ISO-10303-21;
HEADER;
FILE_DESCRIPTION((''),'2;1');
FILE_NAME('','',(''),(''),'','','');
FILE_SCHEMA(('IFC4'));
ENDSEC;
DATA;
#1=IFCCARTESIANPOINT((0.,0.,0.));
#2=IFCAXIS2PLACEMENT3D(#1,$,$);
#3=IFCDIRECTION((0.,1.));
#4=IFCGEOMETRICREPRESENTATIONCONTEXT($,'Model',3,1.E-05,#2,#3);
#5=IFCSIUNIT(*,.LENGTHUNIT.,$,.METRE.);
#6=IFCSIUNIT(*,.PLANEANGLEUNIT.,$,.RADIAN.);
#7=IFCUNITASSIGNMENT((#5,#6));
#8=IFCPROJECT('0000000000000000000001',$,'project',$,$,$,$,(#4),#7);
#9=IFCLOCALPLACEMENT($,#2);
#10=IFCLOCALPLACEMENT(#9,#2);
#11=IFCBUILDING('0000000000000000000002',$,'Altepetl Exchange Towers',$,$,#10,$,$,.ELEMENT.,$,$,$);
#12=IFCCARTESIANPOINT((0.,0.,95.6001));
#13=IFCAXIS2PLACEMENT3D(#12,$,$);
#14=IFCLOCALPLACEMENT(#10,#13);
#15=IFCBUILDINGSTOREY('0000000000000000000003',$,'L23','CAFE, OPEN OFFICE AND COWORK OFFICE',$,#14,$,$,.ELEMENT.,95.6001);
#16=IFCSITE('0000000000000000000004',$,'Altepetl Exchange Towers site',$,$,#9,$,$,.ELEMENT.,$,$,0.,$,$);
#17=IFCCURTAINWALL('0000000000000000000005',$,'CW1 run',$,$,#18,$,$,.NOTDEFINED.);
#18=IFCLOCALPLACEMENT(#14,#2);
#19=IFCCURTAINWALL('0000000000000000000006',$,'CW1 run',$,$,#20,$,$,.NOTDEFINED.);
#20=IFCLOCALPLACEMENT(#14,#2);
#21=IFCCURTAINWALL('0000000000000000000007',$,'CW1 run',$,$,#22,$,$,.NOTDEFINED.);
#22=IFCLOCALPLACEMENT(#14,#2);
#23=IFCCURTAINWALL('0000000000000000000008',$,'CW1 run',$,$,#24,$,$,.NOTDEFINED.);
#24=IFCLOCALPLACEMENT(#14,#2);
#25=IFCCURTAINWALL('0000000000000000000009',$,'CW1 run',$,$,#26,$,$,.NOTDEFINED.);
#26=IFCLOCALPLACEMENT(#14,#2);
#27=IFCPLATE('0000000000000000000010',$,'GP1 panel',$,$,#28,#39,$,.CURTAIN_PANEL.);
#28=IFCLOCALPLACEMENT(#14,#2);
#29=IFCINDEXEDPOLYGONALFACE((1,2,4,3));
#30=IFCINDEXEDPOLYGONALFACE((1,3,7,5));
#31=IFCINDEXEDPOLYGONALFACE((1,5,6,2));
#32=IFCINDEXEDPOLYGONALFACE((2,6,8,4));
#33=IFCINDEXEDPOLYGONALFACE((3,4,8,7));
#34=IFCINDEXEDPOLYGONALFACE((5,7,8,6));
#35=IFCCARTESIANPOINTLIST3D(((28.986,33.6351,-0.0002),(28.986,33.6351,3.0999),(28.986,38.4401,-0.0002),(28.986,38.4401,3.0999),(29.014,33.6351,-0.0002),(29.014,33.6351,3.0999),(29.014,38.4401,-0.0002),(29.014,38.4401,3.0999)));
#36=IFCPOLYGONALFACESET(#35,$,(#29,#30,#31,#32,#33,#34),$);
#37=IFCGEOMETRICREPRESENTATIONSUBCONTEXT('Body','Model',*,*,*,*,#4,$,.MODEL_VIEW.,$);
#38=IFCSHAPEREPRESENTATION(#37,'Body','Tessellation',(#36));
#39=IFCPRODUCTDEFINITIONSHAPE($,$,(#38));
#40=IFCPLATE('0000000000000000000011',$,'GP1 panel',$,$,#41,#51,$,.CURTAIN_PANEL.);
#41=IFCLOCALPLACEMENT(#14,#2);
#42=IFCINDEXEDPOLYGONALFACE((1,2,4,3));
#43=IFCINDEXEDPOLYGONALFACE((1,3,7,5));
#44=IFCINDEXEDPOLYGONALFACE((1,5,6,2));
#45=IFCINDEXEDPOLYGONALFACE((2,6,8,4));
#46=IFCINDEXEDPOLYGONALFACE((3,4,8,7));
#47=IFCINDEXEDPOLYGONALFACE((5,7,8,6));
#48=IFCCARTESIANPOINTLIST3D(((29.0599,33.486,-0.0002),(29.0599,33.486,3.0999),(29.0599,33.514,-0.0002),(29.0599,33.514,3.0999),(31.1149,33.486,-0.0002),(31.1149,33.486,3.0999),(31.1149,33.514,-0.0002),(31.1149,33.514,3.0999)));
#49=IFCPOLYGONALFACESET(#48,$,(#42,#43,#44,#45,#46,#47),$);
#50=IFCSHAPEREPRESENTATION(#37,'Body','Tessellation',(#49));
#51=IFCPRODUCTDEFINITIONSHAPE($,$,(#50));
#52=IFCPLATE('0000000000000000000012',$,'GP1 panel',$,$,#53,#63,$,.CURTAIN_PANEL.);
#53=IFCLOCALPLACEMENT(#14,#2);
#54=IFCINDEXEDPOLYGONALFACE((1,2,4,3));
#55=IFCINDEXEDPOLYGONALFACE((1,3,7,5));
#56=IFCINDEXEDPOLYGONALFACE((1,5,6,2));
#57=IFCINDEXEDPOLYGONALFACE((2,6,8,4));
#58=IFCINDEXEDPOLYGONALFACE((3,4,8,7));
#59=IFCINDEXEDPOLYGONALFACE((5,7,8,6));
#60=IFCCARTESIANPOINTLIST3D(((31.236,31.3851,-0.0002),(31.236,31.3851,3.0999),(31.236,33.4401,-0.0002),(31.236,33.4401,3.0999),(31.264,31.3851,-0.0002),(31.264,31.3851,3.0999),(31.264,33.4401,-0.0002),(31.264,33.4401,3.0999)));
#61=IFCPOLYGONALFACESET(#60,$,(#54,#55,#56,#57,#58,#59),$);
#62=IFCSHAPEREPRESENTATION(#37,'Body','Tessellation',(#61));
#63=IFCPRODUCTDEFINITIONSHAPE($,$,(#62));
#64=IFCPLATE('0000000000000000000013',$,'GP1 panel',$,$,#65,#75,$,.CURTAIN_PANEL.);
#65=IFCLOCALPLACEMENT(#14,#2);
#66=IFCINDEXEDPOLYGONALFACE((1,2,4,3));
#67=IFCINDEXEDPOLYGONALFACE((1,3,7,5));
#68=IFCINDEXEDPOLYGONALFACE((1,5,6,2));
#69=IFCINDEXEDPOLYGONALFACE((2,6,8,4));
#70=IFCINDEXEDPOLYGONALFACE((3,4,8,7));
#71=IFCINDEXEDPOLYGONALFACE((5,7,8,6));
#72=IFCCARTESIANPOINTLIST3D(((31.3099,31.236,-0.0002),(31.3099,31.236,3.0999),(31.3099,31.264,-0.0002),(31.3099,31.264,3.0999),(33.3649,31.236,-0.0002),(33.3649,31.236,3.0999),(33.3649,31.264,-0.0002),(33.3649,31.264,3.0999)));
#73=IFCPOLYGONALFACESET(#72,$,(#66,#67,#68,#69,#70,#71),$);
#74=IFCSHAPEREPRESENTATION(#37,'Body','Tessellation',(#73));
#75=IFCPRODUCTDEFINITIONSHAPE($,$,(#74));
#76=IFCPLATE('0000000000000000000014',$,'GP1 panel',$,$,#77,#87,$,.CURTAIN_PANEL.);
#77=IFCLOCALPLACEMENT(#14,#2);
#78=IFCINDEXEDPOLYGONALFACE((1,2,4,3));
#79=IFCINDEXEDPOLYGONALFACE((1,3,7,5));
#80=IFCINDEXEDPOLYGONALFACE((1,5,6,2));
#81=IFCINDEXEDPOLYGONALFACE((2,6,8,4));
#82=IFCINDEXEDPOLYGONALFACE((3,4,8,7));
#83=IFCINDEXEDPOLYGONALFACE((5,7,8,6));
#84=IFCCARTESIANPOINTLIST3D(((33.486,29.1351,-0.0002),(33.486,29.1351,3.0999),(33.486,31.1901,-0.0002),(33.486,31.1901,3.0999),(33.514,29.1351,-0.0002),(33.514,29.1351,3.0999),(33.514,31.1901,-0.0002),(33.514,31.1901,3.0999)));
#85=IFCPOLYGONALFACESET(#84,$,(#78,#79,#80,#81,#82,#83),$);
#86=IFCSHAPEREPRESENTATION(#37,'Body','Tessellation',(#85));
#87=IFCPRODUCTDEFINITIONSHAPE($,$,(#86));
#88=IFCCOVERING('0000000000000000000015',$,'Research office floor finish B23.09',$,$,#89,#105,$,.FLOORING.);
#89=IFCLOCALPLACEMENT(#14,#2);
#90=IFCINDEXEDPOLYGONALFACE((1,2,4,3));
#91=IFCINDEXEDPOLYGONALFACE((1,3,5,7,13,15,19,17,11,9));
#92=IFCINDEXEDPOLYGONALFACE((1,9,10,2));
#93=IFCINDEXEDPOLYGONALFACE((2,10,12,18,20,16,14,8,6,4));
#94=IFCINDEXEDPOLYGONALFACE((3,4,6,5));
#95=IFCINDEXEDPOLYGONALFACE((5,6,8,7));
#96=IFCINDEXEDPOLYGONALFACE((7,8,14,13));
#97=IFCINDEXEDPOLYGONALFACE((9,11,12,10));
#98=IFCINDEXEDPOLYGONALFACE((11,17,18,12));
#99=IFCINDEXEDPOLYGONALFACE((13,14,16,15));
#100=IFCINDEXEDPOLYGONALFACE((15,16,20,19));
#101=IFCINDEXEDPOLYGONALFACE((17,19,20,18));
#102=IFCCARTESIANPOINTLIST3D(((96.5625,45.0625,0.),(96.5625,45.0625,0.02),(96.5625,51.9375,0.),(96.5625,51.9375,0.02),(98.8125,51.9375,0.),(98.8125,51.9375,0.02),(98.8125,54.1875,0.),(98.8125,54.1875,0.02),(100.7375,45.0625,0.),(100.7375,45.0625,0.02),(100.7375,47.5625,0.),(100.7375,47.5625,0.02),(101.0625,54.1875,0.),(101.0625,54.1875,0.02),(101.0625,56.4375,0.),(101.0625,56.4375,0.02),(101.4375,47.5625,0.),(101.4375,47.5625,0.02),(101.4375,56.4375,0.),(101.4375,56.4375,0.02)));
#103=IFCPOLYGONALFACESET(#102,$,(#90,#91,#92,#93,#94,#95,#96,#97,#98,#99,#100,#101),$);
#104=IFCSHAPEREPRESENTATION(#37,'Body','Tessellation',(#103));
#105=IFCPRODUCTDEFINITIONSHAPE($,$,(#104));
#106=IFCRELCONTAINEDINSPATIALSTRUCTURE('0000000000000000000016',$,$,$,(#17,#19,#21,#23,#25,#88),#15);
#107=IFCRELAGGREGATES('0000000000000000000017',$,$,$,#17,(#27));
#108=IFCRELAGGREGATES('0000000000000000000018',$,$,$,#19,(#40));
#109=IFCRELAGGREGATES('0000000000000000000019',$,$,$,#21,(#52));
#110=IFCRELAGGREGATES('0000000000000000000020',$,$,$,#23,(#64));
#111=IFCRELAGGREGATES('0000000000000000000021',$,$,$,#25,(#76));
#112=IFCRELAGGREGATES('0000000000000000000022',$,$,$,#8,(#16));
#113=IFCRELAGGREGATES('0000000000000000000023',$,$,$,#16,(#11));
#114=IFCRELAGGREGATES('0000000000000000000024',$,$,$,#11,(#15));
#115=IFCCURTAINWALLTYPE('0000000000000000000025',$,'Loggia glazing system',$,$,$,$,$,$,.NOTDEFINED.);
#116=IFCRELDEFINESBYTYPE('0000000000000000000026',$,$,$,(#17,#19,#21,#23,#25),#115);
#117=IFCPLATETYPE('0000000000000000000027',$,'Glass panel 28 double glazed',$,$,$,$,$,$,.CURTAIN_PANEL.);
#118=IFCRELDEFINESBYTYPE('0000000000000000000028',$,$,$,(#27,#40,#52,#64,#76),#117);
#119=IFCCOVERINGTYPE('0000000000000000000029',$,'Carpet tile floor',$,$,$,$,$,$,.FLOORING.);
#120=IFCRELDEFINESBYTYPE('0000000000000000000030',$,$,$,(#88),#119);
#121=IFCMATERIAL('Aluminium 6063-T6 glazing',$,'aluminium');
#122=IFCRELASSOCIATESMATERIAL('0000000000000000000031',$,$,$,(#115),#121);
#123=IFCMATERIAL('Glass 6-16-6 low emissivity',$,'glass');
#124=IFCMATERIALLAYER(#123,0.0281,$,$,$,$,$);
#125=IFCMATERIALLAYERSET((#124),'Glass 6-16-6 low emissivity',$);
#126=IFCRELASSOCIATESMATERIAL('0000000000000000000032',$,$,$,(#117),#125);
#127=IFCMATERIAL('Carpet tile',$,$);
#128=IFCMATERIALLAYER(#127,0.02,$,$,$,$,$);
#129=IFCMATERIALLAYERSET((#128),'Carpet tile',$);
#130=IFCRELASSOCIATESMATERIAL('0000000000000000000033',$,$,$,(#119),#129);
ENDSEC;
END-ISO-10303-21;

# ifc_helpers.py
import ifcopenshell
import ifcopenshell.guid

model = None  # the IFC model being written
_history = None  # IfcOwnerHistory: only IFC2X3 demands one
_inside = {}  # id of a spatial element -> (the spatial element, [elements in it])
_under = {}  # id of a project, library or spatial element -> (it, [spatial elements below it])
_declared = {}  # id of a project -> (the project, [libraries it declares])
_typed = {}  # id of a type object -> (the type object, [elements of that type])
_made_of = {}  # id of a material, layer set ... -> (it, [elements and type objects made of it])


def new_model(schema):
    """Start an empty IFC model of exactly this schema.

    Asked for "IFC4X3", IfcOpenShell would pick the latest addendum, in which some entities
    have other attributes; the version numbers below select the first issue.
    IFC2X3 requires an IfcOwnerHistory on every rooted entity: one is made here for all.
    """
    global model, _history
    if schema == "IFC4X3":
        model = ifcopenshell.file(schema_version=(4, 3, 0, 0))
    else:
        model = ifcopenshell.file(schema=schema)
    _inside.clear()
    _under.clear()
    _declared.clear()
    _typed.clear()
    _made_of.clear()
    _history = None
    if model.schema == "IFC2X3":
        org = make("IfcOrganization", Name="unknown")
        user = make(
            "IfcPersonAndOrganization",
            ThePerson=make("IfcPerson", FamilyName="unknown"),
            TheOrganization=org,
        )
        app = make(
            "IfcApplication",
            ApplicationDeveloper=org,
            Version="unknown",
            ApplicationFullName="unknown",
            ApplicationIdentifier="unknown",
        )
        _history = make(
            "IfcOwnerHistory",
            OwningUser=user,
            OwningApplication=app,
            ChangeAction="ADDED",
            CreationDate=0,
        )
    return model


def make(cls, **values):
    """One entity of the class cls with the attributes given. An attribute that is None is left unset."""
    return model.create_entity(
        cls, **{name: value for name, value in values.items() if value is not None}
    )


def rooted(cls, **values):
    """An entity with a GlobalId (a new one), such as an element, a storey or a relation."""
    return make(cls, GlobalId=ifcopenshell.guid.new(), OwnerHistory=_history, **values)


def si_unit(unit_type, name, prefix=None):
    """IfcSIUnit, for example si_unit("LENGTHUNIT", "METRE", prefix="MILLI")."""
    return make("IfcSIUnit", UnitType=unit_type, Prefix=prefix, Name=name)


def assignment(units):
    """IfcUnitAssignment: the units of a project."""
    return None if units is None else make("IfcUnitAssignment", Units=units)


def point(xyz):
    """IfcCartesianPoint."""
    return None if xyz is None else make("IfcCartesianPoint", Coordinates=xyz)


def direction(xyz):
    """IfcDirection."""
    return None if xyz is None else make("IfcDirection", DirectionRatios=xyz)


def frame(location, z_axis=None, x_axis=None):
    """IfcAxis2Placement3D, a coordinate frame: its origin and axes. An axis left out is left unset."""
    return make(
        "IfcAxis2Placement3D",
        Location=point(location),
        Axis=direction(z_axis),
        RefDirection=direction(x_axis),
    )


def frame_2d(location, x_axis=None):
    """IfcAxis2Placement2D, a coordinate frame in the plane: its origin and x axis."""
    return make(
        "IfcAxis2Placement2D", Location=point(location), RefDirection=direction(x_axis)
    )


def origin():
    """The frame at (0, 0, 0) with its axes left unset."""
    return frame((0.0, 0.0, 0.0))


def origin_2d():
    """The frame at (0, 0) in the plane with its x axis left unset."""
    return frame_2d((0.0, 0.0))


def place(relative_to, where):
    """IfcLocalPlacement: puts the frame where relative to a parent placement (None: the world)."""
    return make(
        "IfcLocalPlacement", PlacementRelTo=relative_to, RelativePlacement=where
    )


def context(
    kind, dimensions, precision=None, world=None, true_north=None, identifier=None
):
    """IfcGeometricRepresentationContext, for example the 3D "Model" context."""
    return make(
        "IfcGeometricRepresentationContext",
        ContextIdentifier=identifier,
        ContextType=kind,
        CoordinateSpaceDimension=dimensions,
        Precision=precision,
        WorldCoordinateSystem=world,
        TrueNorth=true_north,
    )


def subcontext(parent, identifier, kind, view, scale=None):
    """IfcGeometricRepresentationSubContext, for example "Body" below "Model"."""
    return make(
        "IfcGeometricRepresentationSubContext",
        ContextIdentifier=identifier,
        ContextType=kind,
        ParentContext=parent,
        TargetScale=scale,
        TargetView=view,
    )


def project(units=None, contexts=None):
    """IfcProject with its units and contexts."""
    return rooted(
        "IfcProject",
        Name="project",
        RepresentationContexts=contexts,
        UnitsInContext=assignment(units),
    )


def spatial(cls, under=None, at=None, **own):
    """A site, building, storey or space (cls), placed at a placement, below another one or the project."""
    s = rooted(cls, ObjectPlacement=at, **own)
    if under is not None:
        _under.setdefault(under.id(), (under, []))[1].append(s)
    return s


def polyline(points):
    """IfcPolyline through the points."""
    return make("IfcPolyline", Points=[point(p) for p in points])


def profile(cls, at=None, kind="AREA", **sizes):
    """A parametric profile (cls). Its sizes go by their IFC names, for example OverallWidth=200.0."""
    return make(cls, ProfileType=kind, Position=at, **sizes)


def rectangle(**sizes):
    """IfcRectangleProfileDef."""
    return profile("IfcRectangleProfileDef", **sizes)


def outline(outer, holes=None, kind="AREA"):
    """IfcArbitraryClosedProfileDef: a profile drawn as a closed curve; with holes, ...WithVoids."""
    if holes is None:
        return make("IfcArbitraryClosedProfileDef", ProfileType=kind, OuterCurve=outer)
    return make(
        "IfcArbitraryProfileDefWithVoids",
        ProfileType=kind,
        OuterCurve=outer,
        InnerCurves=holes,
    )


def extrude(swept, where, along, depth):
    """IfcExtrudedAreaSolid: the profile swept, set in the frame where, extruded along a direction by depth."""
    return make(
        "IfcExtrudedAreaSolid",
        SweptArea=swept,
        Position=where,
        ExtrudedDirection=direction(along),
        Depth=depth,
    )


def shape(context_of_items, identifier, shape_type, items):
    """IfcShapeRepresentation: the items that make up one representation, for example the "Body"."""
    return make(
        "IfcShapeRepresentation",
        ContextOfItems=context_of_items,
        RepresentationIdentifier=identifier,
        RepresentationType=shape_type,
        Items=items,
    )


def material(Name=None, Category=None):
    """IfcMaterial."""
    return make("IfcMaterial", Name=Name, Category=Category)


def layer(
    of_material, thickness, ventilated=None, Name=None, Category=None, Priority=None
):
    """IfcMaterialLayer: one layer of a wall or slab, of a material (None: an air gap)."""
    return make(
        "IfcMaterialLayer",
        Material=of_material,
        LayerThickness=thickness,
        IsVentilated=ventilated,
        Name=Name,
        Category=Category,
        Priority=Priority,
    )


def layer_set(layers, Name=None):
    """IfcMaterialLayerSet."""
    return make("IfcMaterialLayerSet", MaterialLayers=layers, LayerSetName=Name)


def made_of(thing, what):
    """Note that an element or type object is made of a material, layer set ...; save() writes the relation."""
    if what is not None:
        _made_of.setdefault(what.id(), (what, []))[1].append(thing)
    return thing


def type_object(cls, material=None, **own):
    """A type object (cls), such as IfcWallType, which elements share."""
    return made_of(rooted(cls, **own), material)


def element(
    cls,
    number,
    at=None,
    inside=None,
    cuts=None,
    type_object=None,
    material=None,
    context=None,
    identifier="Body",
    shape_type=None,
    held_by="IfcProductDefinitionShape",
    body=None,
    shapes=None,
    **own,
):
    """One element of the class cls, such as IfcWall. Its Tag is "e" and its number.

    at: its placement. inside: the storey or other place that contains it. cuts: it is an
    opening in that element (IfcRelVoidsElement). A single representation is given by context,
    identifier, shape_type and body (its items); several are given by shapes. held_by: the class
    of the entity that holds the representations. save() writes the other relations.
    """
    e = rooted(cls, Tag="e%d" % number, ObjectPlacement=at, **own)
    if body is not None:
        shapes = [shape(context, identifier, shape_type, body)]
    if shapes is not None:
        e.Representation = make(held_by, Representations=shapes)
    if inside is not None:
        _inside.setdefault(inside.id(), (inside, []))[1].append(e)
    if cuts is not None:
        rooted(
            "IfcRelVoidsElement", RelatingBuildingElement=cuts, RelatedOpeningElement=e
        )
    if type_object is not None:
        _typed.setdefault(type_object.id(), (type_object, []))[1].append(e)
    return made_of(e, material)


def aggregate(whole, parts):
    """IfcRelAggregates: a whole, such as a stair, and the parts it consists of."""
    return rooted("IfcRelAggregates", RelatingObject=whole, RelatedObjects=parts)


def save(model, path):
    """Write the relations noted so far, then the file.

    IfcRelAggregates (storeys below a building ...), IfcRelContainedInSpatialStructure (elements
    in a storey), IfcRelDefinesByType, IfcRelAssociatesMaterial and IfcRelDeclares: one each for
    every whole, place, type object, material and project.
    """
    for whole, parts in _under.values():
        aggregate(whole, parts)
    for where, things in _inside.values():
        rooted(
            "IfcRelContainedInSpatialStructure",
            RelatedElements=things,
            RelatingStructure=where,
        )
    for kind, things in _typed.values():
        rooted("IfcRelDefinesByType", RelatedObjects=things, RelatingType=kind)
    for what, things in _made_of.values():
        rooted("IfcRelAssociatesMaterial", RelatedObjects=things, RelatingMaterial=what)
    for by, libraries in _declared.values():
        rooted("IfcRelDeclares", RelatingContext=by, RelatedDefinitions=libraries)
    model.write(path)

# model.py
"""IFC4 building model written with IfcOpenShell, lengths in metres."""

from ifc_helpers import new_model, si_unit, direction, frame, origin, origin_2d, place, context, subcontext, project, spatial, polyline, rectangle, outline, extrude, material, layer, layer_set, type_object, element, aggregate, save


model = new_model("IFC4")

# Units and contexts
model_context = context("Model", 3, precision=1e-05, world=origin(), true_north=direction((0.0, 1.0)))
body_context = subcontext(model_context, "Body", "Model", "MODEL_VIEW")
ifc_project = project(units=[si_unit("LENGTHUNIT", "METRE"), si_unit("PLANEANGLEUNIT", "RADIAN")], contexts=[model_context])

# Site, building, storey
site_placement = place(None, origin())
site = spatial("IfcSite", under=ifc_project, at=site_placement, Name="Altepetl Exchange Towers site", CompositionType="ELEMENT", RefElevation=0.0)
building_placement = place(site_placement, origin())
building = spatial("IfcBuilding", under=site, at=building_placement, Name="Altepetl Exchange Towers", CompositionType="ELEMENT")
storey_placement = place(building_placement, frame((0.0, 0.0, 95.6001)))
storey = spatial("IfcBuildingStorey", under=building, at=storey_placement, Name="L23", Description="CAFE, OPEN OFFICE AND COWORK OFFICE", CompositionType="ELEMENT", Elevation=95.6001)

# Curtain walls
ifc_material_1 = material(Name="Aluminium 6063-T6 glazing", Category="aluminium")
curtain_wall_type = type_object("IfcCurtainWallType", Name="Loggia glazing system", PredefinedType="NOTDEFINED", material=ifc_material_1)
curtain_wall_1_placement = place(storey_placement, origin())
curtain_wall_1 = element("IfcCurtainWall", 1, at=curtain_wall_1_placement, inside=storey, type_object=curtain_wall_type, Name="CW1 run", PredefinedType="NOTDEFINED")
curtain_wall_2_placement = place(storey_placement, origin())
curtain_wall_2 = element("IfcCurtainWall", 2, at=curtain_wall_2_placement, inside=storey, type_object=curtain_wall_type, Name="CW1 run", PredefinedType="NOTDEFINED")
curtain_wall_3_placement = place(storey_placement, origin())
curtain_wall_3 = element("IfcCurtainWall", 3, at=curtain_wall_3_placement, inside=storey, type_object=curtain_wall_type, Name="CW1 run", PredefinedType="NOTDEFINED")
curtain_wall_4_placement = place(storey_placement, origin())
curtain_wall_4 = element("IfcCurtainWall", 4, at=curtain_wall_4_placement, inside=storey, type_object=curtain_wall_type, Name="CW1 run", PredefinedType="NOTDEFINED")
curtain_wall_5_placement = place(storey_placement, origin())
curtain_wall_5 = element("IfcCurtainWall", 5, at=curtain_wall_5_placement, inside=storey, type_object=curtain_wall_type, Name="CW1 run", PredefinedType="NOTDEFINED")

# Plates
ifc_material_2 = material(Name="Glass 6-16-6 low emissivity", Category="glass")
ifc_layer_1 = layer(ifc_material_2, 0.0281)
ifc_layer_set_1 = layer_set([ifc_layer_1], Name="Glass 6-16-6 low emissivity")
plate_type = type_object("IfcPlateType", Name="Glass panel 28 double glazed", PredefinedType="CURTAIN_PANEL", material=ifc_layer_set_1)
plate_1_placement = place(storey_placement, frame((29.0, 36.0376, -0.0002), z_axis=(0.0, 0.0, 1.0), x_axis=(0.0, -1.0, 0.0)))
plate_1 = element("IfcPlate", 6, at=plate_1_placement, type_object=plate_type, Name="GP1 panel", PredefinedType="CURTAIN_PANEL", context=body_context, shape_type="SweptSolid", body=[
    extrude(rectangle(XDim=4.8049, YDim=0.0281, at=origin_2d()), origin(), (0.0, 0.0, 1.0), 3.1001),
])
aggregate(curtain_wall_1, [plate_1])
plate_2_placement = place(storey_placement, frame((30.0874, 33.5, -0.0002)))
plate_2 = element("IfcPlate", 7, at=plate_2_placement, type_object=plate_type, Name="GP1 panel", PredefinedType="CURTAIN_PANEL", context=body_context, shape_type="SweptSolid", body=[
    extrude(rectangle(XDim=2.0549, YDim=0.0281, at=origin_2d()), origin(), (0.0, 0.0, 1.0), 3.1001),
])
aggregate(curtain_wall_2, [plate_2])
plate_3_placement = place(storey_placement, frame((31.25, 32.4126, -0.0002), z_axis=(0.0, 0.0, 1.0), x_axis=(0.0, -1.0, 0.0)))
plate_3 = element("IfcPlate", 8, at=plate_3_placement, type_object=plate_type, Name="GP1 panel", PredefinedType="CURTAIN_PANEL", context=body_context, shape_type="SweptSolid", body=[
    extrude(rectangle(XDim=2.0549, YDim=0.0281, at=origin_2d()), origin(), (0.0, 0.0, 1.0), 3.1001),
])
aggregate(curtain_wall_3, [plate_3])
plate_4_placement = place(storey_placement, frame((32.3374, 31.25, -0.0002)))
plate_4 = element("IfcPlate", 9, at=plate_4_placement, type_object=plate_type, Name="GP1 panel", PredefinedType="CURTAIN_PANEL", context=body_context, shape_type="SweptSolid", body=[
    extrude(rectangle(XDim=2.0549, YDim=0.0281, at=origin_2d()), origin(), (0.0, 0.0, 1.0), 3.1001),
])
aggregate(curtain_wall_4, [plate_4])
plate_5_placement = place(storey_placement, frame((33.5, 30.1626, -0.0002), z_axis=(0.0, 0.0, 1.0), x_axis=(0.0, -1.0, 0.0)))
plate_5 = element("IfcPlate", 10, at=plate_5_placement, type_object=plate_type, Name="GP1 panel", PredefinedType="CURTAIN_PANEL", context=body_context, shape_type="SweptSolid", body=[
    extrude(rectangle(XDim=2.0549, YDim=0.0281, at=origin_2d()), origin(), (0.0, 0.0, 1.0), 3.1001),
])
aggregate(curtain_wall_5, [plate_5])

# Covering
ifc_material_3 = material(Name="Carpet tile")
ifc_layer_2 = layer(ifc_material_3, 0.02)
ifc_layer_set_2 = layer_set([ifc_layer_2], Name="Carpet tile")
covering_type = type_object("IfcCoveringType", Name="Carpet tile floor", PredefinedType="FLOORING", material=ifc_layer_set_2)
covering_placement = place(storey_placement, origin())
element("IfcCovering", 11, at=covering_placement, inside=storey, type_object=covering_type, Name="Research office floor finish B23.09", PredefinedType="FLOORING", context=body_context, shape_type="SweptSolid", body=[
    extrude(outline(polyline([(101.4375, 47.5625), (101.4375, 56.4375), (101.0625, 56.4375), (101.0625, 54.1875), (98.8125, 54.1875), (98.8125, 51.9375), (96.5625, 51.9375), (96.5625, 45.0625), (100.7375, 45.0625), (100.7375, 47.5625), (101.4375, 47.5625)])), origin(), (0.0, 0.0, 1.0), 0.02),
])

save(model, "model.ifc")
